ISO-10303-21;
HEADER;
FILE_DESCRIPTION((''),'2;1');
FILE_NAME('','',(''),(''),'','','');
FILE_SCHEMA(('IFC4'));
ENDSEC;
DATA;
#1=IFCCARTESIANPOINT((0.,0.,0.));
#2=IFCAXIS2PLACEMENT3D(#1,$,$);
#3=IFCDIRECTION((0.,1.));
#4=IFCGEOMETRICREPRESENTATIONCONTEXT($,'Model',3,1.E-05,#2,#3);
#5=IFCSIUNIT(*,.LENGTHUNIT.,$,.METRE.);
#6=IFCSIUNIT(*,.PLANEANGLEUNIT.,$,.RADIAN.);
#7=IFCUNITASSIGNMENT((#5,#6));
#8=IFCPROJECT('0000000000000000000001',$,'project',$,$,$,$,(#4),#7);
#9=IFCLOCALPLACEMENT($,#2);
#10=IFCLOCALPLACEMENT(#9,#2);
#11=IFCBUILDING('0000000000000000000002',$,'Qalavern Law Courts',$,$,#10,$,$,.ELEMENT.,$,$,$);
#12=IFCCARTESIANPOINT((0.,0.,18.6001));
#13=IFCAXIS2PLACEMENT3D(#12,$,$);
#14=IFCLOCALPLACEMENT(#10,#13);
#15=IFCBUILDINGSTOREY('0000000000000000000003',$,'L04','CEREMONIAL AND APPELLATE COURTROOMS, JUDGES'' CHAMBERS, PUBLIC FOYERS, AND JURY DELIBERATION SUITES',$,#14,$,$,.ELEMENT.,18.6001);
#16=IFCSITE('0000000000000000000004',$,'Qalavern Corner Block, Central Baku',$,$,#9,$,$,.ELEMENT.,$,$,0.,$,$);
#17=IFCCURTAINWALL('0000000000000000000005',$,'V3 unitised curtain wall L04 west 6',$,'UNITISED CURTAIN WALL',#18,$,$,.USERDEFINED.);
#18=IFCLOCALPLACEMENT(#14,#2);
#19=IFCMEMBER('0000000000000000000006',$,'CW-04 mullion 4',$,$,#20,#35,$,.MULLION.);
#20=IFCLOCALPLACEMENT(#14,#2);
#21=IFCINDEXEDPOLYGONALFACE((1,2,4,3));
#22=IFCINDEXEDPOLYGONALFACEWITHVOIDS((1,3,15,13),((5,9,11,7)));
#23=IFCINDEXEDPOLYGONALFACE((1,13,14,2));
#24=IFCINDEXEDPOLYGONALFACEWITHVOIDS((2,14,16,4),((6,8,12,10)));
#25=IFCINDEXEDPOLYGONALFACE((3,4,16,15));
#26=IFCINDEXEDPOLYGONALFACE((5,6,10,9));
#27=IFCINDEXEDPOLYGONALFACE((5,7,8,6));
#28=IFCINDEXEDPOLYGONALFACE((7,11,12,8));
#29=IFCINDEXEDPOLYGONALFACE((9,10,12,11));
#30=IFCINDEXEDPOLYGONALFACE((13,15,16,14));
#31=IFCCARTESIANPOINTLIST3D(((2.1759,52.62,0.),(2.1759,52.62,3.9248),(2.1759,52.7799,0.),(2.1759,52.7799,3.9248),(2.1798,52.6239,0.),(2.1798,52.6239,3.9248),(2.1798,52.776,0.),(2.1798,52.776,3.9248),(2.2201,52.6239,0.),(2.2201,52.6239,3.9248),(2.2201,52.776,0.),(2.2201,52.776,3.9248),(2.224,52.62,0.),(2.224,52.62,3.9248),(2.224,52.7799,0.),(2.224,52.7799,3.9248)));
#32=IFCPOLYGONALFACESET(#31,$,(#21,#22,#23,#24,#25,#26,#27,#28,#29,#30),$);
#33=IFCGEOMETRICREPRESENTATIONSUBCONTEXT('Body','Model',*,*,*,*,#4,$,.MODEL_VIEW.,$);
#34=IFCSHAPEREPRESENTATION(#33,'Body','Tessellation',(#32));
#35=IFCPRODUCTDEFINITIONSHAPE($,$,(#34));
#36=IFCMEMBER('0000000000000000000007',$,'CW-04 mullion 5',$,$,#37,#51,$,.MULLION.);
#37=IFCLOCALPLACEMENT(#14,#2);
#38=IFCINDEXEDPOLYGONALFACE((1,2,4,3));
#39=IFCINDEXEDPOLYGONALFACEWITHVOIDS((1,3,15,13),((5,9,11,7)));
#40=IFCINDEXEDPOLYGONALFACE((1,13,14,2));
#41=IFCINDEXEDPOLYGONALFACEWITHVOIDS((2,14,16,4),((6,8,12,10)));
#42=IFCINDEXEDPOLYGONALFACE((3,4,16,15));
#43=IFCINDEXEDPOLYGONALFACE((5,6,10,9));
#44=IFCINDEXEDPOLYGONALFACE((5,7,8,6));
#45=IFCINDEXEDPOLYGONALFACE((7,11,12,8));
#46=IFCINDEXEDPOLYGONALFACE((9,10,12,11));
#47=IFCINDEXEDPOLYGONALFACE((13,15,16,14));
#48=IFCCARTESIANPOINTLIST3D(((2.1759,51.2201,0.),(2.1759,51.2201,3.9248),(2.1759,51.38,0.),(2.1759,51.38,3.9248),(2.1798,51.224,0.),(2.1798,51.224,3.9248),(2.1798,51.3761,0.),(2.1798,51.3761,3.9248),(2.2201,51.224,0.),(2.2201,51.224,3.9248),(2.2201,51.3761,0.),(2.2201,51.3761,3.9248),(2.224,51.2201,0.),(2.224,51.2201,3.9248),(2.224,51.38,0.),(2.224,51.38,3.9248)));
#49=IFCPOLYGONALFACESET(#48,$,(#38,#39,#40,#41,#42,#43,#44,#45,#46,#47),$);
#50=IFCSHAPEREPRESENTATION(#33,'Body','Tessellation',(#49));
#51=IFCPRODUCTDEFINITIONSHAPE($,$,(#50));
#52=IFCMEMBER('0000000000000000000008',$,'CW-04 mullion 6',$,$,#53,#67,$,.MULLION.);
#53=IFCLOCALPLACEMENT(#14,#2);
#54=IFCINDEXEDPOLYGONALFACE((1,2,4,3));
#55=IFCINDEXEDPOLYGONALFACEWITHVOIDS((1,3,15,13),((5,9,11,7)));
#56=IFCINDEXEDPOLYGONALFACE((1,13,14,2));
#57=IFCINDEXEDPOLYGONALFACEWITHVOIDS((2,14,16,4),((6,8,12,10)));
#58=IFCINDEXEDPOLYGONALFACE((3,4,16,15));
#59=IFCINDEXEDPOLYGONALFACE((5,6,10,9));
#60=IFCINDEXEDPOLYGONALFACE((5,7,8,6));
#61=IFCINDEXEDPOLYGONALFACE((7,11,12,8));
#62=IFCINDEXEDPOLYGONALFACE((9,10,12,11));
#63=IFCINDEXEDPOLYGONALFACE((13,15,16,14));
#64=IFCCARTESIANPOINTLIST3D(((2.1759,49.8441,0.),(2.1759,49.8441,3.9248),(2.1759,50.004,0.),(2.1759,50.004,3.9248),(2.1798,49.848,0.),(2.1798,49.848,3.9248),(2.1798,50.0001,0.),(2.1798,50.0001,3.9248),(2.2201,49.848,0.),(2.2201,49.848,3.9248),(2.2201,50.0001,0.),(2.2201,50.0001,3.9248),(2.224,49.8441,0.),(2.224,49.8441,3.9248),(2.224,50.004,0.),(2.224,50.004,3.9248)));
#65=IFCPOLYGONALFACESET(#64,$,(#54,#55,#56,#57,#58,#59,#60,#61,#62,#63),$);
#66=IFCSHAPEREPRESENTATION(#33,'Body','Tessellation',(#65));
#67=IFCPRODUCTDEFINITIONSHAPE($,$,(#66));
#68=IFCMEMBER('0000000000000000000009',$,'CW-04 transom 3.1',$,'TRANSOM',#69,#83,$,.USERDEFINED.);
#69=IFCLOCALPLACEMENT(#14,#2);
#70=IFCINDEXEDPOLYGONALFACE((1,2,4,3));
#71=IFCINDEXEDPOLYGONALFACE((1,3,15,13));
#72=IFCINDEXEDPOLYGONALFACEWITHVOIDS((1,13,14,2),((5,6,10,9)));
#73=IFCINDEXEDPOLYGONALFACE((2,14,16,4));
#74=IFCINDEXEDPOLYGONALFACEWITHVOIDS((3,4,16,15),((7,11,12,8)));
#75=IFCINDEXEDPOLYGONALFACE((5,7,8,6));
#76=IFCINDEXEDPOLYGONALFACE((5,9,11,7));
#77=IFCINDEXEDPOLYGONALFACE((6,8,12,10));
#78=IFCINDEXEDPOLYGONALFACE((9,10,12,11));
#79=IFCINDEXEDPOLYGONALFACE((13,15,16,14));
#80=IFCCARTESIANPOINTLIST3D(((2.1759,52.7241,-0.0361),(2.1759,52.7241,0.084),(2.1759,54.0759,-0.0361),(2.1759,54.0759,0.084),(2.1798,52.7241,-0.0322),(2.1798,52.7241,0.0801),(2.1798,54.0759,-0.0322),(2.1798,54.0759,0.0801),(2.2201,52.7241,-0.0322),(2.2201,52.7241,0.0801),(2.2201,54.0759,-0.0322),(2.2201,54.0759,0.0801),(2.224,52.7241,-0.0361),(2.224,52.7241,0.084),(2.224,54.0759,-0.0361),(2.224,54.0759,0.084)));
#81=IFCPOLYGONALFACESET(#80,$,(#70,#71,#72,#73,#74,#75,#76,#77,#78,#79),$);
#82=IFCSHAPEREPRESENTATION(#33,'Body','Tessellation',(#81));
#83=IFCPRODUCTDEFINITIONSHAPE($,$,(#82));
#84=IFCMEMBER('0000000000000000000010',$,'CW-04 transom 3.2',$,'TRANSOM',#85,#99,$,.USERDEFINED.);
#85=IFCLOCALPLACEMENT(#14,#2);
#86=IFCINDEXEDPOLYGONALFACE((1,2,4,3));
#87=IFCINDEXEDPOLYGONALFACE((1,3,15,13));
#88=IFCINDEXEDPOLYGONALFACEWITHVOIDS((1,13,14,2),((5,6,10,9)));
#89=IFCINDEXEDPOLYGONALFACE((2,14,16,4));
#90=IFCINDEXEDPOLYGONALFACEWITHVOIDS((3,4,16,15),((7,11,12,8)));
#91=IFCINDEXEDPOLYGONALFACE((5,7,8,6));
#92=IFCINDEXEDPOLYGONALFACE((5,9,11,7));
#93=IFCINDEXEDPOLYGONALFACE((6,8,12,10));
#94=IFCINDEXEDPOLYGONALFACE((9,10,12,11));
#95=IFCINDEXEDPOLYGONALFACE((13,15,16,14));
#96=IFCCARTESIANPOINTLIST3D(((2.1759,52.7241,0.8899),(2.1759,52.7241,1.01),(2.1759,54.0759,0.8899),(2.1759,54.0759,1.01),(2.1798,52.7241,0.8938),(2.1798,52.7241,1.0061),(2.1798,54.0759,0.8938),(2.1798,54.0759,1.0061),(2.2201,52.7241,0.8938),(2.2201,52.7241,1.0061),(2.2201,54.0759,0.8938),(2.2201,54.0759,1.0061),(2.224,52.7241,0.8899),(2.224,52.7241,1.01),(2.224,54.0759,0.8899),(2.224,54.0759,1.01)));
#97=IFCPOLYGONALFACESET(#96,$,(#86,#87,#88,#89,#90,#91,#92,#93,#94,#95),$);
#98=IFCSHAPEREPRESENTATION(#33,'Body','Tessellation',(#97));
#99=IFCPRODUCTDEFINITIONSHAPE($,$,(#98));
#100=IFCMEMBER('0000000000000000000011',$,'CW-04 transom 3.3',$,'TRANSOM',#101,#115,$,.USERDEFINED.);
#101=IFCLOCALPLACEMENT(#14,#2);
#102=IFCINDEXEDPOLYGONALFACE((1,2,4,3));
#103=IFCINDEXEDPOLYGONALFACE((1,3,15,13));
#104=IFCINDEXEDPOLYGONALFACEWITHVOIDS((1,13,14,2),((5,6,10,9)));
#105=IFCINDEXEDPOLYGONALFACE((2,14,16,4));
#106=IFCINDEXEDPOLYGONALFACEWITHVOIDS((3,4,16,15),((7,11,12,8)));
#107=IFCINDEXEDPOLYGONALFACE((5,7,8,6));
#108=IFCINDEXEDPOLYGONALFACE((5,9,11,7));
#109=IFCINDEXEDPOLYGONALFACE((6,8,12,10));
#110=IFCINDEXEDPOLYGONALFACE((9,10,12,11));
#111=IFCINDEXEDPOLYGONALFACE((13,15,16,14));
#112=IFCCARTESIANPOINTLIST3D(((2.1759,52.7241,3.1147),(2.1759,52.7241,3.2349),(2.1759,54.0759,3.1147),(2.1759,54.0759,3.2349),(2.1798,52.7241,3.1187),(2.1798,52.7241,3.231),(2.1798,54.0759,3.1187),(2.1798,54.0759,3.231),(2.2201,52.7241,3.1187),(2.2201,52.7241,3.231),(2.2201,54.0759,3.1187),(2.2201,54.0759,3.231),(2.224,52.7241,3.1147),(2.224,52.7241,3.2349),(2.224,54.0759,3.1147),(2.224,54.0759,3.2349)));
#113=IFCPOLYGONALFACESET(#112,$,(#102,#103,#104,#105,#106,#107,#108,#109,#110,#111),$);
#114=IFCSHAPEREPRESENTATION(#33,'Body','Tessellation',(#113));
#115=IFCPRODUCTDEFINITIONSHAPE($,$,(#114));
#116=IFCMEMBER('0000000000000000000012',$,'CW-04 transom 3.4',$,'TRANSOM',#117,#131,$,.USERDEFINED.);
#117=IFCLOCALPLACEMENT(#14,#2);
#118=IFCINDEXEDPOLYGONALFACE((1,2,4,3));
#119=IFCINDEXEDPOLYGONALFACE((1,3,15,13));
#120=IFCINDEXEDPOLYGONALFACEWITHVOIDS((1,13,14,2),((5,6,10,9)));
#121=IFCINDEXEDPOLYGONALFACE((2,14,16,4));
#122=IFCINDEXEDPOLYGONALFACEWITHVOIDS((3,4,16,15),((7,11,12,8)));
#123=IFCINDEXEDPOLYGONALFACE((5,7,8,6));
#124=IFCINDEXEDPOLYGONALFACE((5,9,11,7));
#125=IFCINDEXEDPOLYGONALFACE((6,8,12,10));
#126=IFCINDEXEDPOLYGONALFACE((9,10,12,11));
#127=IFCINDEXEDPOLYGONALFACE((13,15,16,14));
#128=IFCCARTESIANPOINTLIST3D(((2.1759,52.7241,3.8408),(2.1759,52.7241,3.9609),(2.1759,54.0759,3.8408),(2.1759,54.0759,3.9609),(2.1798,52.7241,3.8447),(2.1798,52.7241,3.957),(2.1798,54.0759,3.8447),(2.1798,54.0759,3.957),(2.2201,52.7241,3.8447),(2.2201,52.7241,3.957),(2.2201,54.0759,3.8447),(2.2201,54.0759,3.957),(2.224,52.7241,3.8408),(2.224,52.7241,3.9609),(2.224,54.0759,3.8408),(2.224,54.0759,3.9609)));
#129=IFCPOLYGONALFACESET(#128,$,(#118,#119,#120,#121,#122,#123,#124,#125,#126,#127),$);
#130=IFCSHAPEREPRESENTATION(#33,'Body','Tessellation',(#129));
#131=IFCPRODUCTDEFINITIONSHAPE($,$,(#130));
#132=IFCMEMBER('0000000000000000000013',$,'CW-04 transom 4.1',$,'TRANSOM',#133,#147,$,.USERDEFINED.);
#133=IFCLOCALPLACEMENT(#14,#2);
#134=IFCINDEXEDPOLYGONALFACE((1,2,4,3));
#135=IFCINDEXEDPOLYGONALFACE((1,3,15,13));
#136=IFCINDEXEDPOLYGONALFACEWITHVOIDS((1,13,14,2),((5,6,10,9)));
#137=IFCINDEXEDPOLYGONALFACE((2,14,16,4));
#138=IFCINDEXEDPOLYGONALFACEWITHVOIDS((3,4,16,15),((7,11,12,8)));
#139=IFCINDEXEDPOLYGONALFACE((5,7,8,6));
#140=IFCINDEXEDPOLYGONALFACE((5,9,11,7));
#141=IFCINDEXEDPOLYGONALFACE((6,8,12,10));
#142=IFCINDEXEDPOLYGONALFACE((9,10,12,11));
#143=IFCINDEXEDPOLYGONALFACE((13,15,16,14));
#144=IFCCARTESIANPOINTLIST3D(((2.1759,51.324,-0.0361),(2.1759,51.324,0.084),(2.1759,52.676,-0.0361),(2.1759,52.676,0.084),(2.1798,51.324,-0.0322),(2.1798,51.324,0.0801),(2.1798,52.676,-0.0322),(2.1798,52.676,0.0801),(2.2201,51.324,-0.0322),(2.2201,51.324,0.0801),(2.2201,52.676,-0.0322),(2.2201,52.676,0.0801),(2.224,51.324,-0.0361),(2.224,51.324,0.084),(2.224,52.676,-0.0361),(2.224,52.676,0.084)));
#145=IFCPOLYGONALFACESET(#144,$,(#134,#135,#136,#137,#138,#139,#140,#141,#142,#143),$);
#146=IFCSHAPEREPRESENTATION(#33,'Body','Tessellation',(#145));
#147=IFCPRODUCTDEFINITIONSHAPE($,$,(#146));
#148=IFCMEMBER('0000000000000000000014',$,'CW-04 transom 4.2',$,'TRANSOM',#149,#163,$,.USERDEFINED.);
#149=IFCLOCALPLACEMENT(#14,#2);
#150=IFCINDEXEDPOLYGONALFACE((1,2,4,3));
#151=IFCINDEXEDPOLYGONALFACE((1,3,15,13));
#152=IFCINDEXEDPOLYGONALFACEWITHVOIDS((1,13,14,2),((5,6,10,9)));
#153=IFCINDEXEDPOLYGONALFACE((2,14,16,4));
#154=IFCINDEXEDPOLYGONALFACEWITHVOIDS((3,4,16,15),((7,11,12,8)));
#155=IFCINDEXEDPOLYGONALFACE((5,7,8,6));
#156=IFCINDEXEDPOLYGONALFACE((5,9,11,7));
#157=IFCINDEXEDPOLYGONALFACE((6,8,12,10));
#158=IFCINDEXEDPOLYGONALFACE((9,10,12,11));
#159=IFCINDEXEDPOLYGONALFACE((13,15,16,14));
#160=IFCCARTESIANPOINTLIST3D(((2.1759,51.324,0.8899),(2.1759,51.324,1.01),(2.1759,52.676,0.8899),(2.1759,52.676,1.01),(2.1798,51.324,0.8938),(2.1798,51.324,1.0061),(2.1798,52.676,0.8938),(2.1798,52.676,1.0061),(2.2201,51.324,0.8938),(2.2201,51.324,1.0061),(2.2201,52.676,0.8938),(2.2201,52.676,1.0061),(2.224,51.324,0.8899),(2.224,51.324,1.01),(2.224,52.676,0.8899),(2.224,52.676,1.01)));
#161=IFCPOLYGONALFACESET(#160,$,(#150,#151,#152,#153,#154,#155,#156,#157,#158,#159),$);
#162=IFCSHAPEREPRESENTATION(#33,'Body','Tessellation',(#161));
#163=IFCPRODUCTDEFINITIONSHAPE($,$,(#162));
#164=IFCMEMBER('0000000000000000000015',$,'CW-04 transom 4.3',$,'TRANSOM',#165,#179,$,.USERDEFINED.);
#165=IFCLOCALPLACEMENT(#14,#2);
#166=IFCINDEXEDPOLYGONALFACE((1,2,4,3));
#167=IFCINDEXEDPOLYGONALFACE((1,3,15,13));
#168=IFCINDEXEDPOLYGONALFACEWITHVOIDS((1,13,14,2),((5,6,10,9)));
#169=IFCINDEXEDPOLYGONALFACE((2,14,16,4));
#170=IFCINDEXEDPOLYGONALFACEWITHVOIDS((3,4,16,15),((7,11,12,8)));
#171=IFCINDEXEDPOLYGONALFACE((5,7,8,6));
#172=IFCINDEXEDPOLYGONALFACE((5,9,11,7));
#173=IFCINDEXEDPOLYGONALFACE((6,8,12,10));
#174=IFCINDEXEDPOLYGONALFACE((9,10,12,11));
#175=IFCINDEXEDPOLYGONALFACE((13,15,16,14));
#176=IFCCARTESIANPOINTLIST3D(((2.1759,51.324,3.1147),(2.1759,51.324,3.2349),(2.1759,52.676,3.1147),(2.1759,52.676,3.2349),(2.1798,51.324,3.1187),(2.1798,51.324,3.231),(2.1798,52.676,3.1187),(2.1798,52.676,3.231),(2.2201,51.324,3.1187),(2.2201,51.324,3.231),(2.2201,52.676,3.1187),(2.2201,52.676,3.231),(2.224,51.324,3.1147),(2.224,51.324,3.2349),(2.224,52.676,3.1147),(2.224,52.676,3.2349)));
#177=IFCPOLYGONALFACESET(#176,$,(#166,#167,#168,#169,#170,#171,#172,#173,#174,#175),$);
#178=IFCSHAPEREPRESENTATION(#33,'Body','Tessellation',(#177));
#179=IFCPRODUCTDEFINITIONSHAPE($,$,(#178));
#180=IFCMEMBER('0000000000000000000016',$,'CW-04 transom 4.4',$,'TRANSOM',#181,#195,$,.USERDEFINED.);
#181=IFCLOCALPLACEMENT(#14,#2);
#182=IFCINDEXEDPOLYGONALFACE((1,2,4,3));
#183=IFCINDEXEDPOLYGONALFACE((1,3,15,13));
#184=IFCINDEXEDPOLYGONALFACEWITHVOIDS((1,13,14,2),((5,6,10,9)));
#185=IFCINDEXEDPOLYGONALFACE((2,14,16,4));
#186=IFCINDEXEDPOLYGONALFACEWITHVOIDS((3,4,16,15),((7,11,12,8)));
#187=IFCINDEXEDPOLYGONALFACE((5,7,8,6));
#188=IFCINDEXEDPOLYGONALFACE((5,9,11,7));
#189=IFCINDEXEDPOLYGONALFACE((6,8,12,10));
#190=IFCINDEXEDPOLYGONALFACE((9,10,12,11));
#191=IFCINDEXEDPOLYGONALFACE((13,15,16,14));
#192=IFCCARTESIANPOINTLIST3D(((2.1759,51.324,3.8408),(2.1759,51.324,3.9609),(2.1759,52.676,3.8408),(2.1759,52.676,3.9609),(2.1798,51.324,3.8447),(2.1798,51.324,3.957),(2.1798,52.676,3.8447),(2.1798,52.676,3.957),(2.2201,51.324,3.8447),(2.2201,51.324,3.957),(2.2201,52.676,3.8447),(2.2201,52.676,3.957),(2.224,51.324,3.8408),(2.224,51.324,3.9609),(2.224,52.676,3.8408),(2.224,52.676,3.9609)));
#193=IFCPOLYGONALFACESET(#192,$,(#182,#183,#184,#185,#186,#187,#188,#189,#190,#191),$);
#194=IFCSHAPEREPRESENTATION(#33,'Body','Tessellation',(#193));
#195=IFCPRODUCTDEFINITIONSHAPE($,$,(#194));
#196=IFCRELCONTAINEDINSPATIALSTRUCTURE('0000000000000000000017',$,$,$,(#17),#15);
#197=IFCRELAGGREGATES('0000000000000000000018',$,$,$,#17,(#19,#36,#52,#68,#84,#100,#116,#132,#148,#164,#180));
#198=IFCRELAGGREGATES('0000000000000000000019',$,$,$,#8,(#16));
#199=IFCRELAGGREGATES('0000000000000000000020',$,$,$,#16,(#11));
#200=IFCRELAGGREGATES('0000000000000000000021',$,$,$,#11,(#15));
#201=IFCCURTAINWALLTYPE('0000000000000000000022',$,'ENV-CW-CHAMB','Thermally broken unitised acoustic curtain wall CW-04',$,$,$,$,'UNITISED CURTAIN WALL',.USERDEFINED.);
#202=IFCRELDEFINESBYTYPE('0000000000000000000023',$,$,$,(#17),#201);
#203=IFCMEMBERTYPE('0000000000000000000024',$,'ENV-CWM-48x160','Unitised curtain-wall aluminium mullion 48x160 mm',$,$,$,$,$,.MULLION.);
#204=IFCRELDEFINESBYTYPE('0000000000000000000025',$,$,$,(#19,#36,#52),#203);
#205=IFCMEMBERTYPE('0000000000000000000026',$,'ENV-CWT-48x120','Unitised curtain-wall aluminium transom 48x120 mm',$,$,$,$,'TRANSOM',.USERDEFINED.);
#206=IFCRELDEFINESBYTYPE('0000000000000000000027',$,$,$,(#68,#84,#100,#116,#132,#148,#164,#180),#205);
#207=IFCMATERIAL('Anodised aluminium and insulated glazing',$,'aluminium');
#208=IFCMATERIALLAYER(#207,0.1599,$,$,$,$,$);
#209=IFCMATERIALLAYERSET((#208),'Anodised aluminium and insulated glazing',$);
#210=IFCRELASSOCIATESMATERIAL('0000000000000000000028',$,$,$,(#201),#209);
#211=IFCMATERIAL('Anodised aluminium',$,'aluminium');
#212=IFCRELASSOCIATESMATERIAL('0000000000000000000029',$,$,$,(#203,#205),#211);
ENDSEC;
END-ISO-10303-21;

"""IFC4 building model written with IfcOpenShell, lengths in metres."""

from ifc_helpers import new_model, si_unit, direction, frame, origin, origin_2d, place, context, subcontext, project, spatial, hollow_rectangle, extrude, material, layer, layer_set, material_profile, profile_set, type_object, element, aggregate, save


model = new_model("IFC4")

# Units and contexts
model_context = context("Model", 3, precision=1e-05, world=origin(), true_north=direction((0.0, 1.0)))
body_context = subcontext(model_context, "Body", "Model", "MODEL_VIEW")
ifc_project = project(units=[si_unit("LENGTHUNIT", "METRE"), si_unit("PLANEANGLEUNIT", "RADIAN")], contexts=[model_context])

# Site, building, storey
site_placement = place(None, origin())
site = spatial("IfcSite", under=ifc_project, at=site_placement, Name="Qalavern Corner Block, Central Baku", CompositionType="ELEMENT", RefElevation=0.0)
building_placement = place(site_placement, origin())
building = spatial("IfcBuilding", under=site, at=building_placement, Name="Qalavern Law Courts", CompositionType="ELEMENT")
storey_placement = place(building_placement, frame((0.0, 0.0, 18.6001)))
storey = spatial("IfcBuildingStorey", under=building, at=storey_placement, Name="L04", Description="CEREMONIAL AND APPELLATE COURTROOMS, JUDGES' CHAMBERS, PUBLIC FOYERS, AND JURY DELIBERATION SUITES", CompositionType="ELEMENT", Elevation=18.6001)

# Curtain wall, members
ifc_material_1 = material(Name="Anodised aluminium and insulated glazing", Category="aluminium")
ifc_layer_1 = layer(ifc_material_1, 0.1599)
ifc_layer_set_1 = layer_set([ifc_layer_1], Name="Anodised aluminium and insulated glazing")
curtain_wall_type = type_object("IfcCurtainWallType", Name="ENV-CW-CHAMB", Description="Thermally broken unitised acoustic curtain wall CW-04", ElementType="UNITISED CURTAIN WALL", PredefinedType="USERDEFINED", material=ifc_layer_set_1)
curtain_wall_placement = place(storey_placement, origin())
curtain_wall = element("IfcCurtainWall", 1, at=curtain_wall_placement, inside=storey, type_object=curtain_wall_type, Name="V3 unitised curtain wall L04 west 6", ObjectType="UNITISED CURTAIN WALL", PredefinedType="USERDEFINED")
ifc_material_2 = material(Name="Anodised aluminium", Category="aluminium")
ifc_material_profile_1 = material_profile(ifc_material_2, hollow_rectangle(XDim=0.0481, YDim=0.1599, WallThickness=0.0039, at=origin_2d()), Name="ALU MULLION 48x160")
ifc_profile_set_1 = profile_set([ifc_material_profile_1], Name="Anodised aluminium")
member_type_1 = type_object("IfcMemberType", Name="ENV-CWM-48x160", Description="Unitised curtain-wall aluminium mullion 48x160 mm", PredefinedType="MULLION", material=ifc_profile_set_1)
member_1_placement = place(storey_placement, frame((2.2, 52.7, 0.0), z_axis=(0.0, 0.0, 1.0), x_axis=(1.0, 0.0, 0.0)))
member_1 = element("IfcMember", 2, at=member_1_placement, type_object=member_type_1, Name="CW-04 mullion 4", PredefinedType="MULLION", context=body_context, shape_type="SweptSolid", body=[
    extrude(hollow_rectangle(XDim=0.0481, YDim=0.1599, WallThickness=0.0039, at=origin_2d()), origin(), (0.0, 0.0, 1.0), 3.9248),
])
member_2_placement = place(storey_placement, frame((2.2, 51.3, 0.0), z_axis=(0.0, 0.0, 1.0), x_axis=(1.0, 0.0, 0.0)))
member_2 = element("IfcMember", 3, at=member_2_placement, type_object=member_type_1, Name="CW-04 mullion 5", PredefinedType="MULLION", context=body_context, shape_type="SweptSolid", body=[
    extrude(hollow_rectangle(XDim=0.0481, YDim=0.1599, WallThickness=0.0039, at=origin_2d()), origin(), (0.0, 0.0, 1.0), 3.9248),
])
member_3_placement = place(storey_placement, frame((2.2, 49.9241, 0.0), z_axis=(0.0, 0.0, 1.0), x_axis=(1.0, 0.0, 0.0)))
member_3 = element("IfcMember", 4, at=member_3_placement, type_object=member_type_1, Name="CW-04 mullion 6", PredefinedType="MULLION", context=body_context, shape_type="SweptSolid", body=[
    extrude(hollow_rectangle(XDim=0.0481, YDim=0.1599, WallThickness=0.0039, at=origin_2d()), origin(), (0.0, 0.0, 1.0), 3.9248),
])
ifc_material_profile_2 = material_profile(ifc_material_2, hollow_rectangle(XDim=0.0481, YDim=0.1201, WallThickness=0.0039, at=origin_2d()), Name="ALU TRANSOM 48x120")
ifc_profile_set_2 = profile_set([ifc_material_profile_2], Name="Anodised aluminium")
member_type_2 = type_object("IfcMemberType", Name="ENV-CWT-48x120", Description="Unitised curtain-wall aluminium transom 48x120 mm", ElementType="TRANSOM", PredefinedType="USERDEFINED", material=ifc_profile_set_2)
member_4_placement = place(storey_placement, frame((2.2, 54.0759, 0.0239), z_axis=(0.0, -1.0, 0.0), x_axis=(1.0, 0.0, 0.0)))
member_4 = element("IfcMember", 5, at=member_4_placement, type_object=member_type_2, Name="CW-04 transom 3.1", ObjectType="TRANSOM", PredefinedType="USERDEFINED", context=body_context, shape_type="SweptSolid", body=[
    extrude(hollow_rectangle(XDim=0.0481, YDim=0.1201, WallThickness=0.0039, at=origin_2d()), origin(), (0.0, 0.0, 1.0), 1.3518),
])
member_5_placement = place(storey_placement, frame((2.2, 54.0759, 0.95), z_axis=(0.0, -1.0, 0.0), x_axis=(1.0, 0.0, 0.0)))
member_5 = element("IfcMember", 6, at=member_5_placement, type_object=member_type_2, Name="CW-04 transom 3.2", ObjectType="TRANSOM", PredefinedType="USERDEFINED", context=body_context, shape_type="SweptSolid", body=[
    extrude(hollow_rectangle(XDim=0.0481, YDim=0.1201, WallThickness=0.0039, at=origin_2d()), origin(), (0.0, 0.0, 1.0), 1.3518),
])
member_6_placement = place(storey_placement, frame((2.2, 54.0759, 3.1748), z_axis=(0.0, -1.0, 0.0), x_axis=(1.0, 0.0, 0.0)))
member_6 = element("IfcMember", 7, at=member_6_placement, type_object=member_type_2, Name="CW-04 transom 3.3", ObjectType="TRANSOM", PredefinedType="USERDEFINED", context=body_context, shape_type="SweptSolid", body=[
    extrude(hollow_rectangle(XDim=0.0481, YDim=0.1201, WallThickness=0.0039, at=origin_2d()), origin(), (0.0, 0.0, 1.0), 1.3518),
])
member_7_placement = place(storey_placement, frame((2.2, 54.0759, 3.9009), z_axis=(0.0, -1.0, 0.0), x_axis=(1.0, 0.0, 0.0)))
member_7 = element("IfcMember", 8, at=member_7_placement, type_object=member_type_2, Name="CW-04 transom 3.4", ObjectType="TRANSOM", PredefinedType="USERDEFINED", context=body_context, shape_type="SweptSolid", body=[
    extrude(hollow_rectangle(XDim=0.0481, YDim=0.1201, WallThickness=0.0039, at=origin_2d()), origin(), (0.0, 0.0, 1.0), 1.3518),
])
member_8_placement = place(storey_placement, frame((2.2, 52.676, 0.0239), z_axis=(0.0, -1.0, 0.0), x_axis=(1.0, 0.0, 0.0)))
member_8 = element("IfcMember", 9, at=member_8_placement, type_object=member_type_2, Name="CW-04 transom 4.1", ObjectType="TRANSOM", PredefinedType="USERDEFINED", context=body_context, shape_type="SweptSolid", body=[
    extrude(hollow_rectangle(XDim=0.0481, YDim=0.1201, WallThickness=0.0039, at=origin_2d()), origin(), (0.0, 0.0, 1.0), 1.3521),
])
member_9_placement = place(storey_placement, frame((2.2, 52.676, 0.95), z_axis=(0.0, -1.0, 0.0), x_axis=(1.0, 0.0, 0.0)))
member_9 = element("IfcMember", 10, at=member_9_placement, type_object=member_type_2, Name="CW-04 transom 4.2", ObjectType="TRANSOM", PredefinedType="USERDEFINED", context=body_context, shape_type="SweptSolid", body=[
    extrude(hollow_rectangle(XDim=0.0481, YDim=0.1201, WallThickness=0.0039, at=origin_2d()), origin(), (0.0, 0.0, 1.0), 1.3521),
])
member_10_placement = place(storey_placement, frame((2.2, 52.676, 3.1748), z_axis=(0.0, -1.0, 0.0), x_axis=(1.0, 0.0, 0.0)))
member_10 = element("IfcMember", 11, at=member_10_placement, type_object=member_type_2, Name="CW-04 transom 4.3", ObjectType="TRANSOM", PredefinedType="USERDEFINED", context=body_context, shape_type="SweptSolid", body=[
    extrude(hollow_rectangle(XDim=0.0481, YDim=0.1201, WallThickness=0.0039, at=origin_2d()), origin(), (0.0, 0.0, 1.0), 1.3521),
])
member_11_placement = place(storey_placement, frame((2.2, 52.676, 3.9009), z_axis=(0.0, -1.0, 0.0), x_axis=(1.0, 0.0, 0.0)))
member_11 = element("IfcMember", 12, at=member_11_placement, type_object=member_type_2, Name="CW-04 transom 4.4", ObjectType="TRANSOM", PredefinedType="USERDEFINED", context=body_context, shape_type="SweptSolid", body=[
    extrude(hollow_rectangle(XDim=0.0481, YDim=0.1201, WallThickness=0.0039, at=origin_2d()), origin(), (0.0, 0.0, 1.0), 1.3521),
])

aggregate(curtain_wall, [member_1, member_2, member_3, member_4, member_5, member_6, member_7, member_8, member_9, member_10, member_11])

save(model, "model.ifc")
